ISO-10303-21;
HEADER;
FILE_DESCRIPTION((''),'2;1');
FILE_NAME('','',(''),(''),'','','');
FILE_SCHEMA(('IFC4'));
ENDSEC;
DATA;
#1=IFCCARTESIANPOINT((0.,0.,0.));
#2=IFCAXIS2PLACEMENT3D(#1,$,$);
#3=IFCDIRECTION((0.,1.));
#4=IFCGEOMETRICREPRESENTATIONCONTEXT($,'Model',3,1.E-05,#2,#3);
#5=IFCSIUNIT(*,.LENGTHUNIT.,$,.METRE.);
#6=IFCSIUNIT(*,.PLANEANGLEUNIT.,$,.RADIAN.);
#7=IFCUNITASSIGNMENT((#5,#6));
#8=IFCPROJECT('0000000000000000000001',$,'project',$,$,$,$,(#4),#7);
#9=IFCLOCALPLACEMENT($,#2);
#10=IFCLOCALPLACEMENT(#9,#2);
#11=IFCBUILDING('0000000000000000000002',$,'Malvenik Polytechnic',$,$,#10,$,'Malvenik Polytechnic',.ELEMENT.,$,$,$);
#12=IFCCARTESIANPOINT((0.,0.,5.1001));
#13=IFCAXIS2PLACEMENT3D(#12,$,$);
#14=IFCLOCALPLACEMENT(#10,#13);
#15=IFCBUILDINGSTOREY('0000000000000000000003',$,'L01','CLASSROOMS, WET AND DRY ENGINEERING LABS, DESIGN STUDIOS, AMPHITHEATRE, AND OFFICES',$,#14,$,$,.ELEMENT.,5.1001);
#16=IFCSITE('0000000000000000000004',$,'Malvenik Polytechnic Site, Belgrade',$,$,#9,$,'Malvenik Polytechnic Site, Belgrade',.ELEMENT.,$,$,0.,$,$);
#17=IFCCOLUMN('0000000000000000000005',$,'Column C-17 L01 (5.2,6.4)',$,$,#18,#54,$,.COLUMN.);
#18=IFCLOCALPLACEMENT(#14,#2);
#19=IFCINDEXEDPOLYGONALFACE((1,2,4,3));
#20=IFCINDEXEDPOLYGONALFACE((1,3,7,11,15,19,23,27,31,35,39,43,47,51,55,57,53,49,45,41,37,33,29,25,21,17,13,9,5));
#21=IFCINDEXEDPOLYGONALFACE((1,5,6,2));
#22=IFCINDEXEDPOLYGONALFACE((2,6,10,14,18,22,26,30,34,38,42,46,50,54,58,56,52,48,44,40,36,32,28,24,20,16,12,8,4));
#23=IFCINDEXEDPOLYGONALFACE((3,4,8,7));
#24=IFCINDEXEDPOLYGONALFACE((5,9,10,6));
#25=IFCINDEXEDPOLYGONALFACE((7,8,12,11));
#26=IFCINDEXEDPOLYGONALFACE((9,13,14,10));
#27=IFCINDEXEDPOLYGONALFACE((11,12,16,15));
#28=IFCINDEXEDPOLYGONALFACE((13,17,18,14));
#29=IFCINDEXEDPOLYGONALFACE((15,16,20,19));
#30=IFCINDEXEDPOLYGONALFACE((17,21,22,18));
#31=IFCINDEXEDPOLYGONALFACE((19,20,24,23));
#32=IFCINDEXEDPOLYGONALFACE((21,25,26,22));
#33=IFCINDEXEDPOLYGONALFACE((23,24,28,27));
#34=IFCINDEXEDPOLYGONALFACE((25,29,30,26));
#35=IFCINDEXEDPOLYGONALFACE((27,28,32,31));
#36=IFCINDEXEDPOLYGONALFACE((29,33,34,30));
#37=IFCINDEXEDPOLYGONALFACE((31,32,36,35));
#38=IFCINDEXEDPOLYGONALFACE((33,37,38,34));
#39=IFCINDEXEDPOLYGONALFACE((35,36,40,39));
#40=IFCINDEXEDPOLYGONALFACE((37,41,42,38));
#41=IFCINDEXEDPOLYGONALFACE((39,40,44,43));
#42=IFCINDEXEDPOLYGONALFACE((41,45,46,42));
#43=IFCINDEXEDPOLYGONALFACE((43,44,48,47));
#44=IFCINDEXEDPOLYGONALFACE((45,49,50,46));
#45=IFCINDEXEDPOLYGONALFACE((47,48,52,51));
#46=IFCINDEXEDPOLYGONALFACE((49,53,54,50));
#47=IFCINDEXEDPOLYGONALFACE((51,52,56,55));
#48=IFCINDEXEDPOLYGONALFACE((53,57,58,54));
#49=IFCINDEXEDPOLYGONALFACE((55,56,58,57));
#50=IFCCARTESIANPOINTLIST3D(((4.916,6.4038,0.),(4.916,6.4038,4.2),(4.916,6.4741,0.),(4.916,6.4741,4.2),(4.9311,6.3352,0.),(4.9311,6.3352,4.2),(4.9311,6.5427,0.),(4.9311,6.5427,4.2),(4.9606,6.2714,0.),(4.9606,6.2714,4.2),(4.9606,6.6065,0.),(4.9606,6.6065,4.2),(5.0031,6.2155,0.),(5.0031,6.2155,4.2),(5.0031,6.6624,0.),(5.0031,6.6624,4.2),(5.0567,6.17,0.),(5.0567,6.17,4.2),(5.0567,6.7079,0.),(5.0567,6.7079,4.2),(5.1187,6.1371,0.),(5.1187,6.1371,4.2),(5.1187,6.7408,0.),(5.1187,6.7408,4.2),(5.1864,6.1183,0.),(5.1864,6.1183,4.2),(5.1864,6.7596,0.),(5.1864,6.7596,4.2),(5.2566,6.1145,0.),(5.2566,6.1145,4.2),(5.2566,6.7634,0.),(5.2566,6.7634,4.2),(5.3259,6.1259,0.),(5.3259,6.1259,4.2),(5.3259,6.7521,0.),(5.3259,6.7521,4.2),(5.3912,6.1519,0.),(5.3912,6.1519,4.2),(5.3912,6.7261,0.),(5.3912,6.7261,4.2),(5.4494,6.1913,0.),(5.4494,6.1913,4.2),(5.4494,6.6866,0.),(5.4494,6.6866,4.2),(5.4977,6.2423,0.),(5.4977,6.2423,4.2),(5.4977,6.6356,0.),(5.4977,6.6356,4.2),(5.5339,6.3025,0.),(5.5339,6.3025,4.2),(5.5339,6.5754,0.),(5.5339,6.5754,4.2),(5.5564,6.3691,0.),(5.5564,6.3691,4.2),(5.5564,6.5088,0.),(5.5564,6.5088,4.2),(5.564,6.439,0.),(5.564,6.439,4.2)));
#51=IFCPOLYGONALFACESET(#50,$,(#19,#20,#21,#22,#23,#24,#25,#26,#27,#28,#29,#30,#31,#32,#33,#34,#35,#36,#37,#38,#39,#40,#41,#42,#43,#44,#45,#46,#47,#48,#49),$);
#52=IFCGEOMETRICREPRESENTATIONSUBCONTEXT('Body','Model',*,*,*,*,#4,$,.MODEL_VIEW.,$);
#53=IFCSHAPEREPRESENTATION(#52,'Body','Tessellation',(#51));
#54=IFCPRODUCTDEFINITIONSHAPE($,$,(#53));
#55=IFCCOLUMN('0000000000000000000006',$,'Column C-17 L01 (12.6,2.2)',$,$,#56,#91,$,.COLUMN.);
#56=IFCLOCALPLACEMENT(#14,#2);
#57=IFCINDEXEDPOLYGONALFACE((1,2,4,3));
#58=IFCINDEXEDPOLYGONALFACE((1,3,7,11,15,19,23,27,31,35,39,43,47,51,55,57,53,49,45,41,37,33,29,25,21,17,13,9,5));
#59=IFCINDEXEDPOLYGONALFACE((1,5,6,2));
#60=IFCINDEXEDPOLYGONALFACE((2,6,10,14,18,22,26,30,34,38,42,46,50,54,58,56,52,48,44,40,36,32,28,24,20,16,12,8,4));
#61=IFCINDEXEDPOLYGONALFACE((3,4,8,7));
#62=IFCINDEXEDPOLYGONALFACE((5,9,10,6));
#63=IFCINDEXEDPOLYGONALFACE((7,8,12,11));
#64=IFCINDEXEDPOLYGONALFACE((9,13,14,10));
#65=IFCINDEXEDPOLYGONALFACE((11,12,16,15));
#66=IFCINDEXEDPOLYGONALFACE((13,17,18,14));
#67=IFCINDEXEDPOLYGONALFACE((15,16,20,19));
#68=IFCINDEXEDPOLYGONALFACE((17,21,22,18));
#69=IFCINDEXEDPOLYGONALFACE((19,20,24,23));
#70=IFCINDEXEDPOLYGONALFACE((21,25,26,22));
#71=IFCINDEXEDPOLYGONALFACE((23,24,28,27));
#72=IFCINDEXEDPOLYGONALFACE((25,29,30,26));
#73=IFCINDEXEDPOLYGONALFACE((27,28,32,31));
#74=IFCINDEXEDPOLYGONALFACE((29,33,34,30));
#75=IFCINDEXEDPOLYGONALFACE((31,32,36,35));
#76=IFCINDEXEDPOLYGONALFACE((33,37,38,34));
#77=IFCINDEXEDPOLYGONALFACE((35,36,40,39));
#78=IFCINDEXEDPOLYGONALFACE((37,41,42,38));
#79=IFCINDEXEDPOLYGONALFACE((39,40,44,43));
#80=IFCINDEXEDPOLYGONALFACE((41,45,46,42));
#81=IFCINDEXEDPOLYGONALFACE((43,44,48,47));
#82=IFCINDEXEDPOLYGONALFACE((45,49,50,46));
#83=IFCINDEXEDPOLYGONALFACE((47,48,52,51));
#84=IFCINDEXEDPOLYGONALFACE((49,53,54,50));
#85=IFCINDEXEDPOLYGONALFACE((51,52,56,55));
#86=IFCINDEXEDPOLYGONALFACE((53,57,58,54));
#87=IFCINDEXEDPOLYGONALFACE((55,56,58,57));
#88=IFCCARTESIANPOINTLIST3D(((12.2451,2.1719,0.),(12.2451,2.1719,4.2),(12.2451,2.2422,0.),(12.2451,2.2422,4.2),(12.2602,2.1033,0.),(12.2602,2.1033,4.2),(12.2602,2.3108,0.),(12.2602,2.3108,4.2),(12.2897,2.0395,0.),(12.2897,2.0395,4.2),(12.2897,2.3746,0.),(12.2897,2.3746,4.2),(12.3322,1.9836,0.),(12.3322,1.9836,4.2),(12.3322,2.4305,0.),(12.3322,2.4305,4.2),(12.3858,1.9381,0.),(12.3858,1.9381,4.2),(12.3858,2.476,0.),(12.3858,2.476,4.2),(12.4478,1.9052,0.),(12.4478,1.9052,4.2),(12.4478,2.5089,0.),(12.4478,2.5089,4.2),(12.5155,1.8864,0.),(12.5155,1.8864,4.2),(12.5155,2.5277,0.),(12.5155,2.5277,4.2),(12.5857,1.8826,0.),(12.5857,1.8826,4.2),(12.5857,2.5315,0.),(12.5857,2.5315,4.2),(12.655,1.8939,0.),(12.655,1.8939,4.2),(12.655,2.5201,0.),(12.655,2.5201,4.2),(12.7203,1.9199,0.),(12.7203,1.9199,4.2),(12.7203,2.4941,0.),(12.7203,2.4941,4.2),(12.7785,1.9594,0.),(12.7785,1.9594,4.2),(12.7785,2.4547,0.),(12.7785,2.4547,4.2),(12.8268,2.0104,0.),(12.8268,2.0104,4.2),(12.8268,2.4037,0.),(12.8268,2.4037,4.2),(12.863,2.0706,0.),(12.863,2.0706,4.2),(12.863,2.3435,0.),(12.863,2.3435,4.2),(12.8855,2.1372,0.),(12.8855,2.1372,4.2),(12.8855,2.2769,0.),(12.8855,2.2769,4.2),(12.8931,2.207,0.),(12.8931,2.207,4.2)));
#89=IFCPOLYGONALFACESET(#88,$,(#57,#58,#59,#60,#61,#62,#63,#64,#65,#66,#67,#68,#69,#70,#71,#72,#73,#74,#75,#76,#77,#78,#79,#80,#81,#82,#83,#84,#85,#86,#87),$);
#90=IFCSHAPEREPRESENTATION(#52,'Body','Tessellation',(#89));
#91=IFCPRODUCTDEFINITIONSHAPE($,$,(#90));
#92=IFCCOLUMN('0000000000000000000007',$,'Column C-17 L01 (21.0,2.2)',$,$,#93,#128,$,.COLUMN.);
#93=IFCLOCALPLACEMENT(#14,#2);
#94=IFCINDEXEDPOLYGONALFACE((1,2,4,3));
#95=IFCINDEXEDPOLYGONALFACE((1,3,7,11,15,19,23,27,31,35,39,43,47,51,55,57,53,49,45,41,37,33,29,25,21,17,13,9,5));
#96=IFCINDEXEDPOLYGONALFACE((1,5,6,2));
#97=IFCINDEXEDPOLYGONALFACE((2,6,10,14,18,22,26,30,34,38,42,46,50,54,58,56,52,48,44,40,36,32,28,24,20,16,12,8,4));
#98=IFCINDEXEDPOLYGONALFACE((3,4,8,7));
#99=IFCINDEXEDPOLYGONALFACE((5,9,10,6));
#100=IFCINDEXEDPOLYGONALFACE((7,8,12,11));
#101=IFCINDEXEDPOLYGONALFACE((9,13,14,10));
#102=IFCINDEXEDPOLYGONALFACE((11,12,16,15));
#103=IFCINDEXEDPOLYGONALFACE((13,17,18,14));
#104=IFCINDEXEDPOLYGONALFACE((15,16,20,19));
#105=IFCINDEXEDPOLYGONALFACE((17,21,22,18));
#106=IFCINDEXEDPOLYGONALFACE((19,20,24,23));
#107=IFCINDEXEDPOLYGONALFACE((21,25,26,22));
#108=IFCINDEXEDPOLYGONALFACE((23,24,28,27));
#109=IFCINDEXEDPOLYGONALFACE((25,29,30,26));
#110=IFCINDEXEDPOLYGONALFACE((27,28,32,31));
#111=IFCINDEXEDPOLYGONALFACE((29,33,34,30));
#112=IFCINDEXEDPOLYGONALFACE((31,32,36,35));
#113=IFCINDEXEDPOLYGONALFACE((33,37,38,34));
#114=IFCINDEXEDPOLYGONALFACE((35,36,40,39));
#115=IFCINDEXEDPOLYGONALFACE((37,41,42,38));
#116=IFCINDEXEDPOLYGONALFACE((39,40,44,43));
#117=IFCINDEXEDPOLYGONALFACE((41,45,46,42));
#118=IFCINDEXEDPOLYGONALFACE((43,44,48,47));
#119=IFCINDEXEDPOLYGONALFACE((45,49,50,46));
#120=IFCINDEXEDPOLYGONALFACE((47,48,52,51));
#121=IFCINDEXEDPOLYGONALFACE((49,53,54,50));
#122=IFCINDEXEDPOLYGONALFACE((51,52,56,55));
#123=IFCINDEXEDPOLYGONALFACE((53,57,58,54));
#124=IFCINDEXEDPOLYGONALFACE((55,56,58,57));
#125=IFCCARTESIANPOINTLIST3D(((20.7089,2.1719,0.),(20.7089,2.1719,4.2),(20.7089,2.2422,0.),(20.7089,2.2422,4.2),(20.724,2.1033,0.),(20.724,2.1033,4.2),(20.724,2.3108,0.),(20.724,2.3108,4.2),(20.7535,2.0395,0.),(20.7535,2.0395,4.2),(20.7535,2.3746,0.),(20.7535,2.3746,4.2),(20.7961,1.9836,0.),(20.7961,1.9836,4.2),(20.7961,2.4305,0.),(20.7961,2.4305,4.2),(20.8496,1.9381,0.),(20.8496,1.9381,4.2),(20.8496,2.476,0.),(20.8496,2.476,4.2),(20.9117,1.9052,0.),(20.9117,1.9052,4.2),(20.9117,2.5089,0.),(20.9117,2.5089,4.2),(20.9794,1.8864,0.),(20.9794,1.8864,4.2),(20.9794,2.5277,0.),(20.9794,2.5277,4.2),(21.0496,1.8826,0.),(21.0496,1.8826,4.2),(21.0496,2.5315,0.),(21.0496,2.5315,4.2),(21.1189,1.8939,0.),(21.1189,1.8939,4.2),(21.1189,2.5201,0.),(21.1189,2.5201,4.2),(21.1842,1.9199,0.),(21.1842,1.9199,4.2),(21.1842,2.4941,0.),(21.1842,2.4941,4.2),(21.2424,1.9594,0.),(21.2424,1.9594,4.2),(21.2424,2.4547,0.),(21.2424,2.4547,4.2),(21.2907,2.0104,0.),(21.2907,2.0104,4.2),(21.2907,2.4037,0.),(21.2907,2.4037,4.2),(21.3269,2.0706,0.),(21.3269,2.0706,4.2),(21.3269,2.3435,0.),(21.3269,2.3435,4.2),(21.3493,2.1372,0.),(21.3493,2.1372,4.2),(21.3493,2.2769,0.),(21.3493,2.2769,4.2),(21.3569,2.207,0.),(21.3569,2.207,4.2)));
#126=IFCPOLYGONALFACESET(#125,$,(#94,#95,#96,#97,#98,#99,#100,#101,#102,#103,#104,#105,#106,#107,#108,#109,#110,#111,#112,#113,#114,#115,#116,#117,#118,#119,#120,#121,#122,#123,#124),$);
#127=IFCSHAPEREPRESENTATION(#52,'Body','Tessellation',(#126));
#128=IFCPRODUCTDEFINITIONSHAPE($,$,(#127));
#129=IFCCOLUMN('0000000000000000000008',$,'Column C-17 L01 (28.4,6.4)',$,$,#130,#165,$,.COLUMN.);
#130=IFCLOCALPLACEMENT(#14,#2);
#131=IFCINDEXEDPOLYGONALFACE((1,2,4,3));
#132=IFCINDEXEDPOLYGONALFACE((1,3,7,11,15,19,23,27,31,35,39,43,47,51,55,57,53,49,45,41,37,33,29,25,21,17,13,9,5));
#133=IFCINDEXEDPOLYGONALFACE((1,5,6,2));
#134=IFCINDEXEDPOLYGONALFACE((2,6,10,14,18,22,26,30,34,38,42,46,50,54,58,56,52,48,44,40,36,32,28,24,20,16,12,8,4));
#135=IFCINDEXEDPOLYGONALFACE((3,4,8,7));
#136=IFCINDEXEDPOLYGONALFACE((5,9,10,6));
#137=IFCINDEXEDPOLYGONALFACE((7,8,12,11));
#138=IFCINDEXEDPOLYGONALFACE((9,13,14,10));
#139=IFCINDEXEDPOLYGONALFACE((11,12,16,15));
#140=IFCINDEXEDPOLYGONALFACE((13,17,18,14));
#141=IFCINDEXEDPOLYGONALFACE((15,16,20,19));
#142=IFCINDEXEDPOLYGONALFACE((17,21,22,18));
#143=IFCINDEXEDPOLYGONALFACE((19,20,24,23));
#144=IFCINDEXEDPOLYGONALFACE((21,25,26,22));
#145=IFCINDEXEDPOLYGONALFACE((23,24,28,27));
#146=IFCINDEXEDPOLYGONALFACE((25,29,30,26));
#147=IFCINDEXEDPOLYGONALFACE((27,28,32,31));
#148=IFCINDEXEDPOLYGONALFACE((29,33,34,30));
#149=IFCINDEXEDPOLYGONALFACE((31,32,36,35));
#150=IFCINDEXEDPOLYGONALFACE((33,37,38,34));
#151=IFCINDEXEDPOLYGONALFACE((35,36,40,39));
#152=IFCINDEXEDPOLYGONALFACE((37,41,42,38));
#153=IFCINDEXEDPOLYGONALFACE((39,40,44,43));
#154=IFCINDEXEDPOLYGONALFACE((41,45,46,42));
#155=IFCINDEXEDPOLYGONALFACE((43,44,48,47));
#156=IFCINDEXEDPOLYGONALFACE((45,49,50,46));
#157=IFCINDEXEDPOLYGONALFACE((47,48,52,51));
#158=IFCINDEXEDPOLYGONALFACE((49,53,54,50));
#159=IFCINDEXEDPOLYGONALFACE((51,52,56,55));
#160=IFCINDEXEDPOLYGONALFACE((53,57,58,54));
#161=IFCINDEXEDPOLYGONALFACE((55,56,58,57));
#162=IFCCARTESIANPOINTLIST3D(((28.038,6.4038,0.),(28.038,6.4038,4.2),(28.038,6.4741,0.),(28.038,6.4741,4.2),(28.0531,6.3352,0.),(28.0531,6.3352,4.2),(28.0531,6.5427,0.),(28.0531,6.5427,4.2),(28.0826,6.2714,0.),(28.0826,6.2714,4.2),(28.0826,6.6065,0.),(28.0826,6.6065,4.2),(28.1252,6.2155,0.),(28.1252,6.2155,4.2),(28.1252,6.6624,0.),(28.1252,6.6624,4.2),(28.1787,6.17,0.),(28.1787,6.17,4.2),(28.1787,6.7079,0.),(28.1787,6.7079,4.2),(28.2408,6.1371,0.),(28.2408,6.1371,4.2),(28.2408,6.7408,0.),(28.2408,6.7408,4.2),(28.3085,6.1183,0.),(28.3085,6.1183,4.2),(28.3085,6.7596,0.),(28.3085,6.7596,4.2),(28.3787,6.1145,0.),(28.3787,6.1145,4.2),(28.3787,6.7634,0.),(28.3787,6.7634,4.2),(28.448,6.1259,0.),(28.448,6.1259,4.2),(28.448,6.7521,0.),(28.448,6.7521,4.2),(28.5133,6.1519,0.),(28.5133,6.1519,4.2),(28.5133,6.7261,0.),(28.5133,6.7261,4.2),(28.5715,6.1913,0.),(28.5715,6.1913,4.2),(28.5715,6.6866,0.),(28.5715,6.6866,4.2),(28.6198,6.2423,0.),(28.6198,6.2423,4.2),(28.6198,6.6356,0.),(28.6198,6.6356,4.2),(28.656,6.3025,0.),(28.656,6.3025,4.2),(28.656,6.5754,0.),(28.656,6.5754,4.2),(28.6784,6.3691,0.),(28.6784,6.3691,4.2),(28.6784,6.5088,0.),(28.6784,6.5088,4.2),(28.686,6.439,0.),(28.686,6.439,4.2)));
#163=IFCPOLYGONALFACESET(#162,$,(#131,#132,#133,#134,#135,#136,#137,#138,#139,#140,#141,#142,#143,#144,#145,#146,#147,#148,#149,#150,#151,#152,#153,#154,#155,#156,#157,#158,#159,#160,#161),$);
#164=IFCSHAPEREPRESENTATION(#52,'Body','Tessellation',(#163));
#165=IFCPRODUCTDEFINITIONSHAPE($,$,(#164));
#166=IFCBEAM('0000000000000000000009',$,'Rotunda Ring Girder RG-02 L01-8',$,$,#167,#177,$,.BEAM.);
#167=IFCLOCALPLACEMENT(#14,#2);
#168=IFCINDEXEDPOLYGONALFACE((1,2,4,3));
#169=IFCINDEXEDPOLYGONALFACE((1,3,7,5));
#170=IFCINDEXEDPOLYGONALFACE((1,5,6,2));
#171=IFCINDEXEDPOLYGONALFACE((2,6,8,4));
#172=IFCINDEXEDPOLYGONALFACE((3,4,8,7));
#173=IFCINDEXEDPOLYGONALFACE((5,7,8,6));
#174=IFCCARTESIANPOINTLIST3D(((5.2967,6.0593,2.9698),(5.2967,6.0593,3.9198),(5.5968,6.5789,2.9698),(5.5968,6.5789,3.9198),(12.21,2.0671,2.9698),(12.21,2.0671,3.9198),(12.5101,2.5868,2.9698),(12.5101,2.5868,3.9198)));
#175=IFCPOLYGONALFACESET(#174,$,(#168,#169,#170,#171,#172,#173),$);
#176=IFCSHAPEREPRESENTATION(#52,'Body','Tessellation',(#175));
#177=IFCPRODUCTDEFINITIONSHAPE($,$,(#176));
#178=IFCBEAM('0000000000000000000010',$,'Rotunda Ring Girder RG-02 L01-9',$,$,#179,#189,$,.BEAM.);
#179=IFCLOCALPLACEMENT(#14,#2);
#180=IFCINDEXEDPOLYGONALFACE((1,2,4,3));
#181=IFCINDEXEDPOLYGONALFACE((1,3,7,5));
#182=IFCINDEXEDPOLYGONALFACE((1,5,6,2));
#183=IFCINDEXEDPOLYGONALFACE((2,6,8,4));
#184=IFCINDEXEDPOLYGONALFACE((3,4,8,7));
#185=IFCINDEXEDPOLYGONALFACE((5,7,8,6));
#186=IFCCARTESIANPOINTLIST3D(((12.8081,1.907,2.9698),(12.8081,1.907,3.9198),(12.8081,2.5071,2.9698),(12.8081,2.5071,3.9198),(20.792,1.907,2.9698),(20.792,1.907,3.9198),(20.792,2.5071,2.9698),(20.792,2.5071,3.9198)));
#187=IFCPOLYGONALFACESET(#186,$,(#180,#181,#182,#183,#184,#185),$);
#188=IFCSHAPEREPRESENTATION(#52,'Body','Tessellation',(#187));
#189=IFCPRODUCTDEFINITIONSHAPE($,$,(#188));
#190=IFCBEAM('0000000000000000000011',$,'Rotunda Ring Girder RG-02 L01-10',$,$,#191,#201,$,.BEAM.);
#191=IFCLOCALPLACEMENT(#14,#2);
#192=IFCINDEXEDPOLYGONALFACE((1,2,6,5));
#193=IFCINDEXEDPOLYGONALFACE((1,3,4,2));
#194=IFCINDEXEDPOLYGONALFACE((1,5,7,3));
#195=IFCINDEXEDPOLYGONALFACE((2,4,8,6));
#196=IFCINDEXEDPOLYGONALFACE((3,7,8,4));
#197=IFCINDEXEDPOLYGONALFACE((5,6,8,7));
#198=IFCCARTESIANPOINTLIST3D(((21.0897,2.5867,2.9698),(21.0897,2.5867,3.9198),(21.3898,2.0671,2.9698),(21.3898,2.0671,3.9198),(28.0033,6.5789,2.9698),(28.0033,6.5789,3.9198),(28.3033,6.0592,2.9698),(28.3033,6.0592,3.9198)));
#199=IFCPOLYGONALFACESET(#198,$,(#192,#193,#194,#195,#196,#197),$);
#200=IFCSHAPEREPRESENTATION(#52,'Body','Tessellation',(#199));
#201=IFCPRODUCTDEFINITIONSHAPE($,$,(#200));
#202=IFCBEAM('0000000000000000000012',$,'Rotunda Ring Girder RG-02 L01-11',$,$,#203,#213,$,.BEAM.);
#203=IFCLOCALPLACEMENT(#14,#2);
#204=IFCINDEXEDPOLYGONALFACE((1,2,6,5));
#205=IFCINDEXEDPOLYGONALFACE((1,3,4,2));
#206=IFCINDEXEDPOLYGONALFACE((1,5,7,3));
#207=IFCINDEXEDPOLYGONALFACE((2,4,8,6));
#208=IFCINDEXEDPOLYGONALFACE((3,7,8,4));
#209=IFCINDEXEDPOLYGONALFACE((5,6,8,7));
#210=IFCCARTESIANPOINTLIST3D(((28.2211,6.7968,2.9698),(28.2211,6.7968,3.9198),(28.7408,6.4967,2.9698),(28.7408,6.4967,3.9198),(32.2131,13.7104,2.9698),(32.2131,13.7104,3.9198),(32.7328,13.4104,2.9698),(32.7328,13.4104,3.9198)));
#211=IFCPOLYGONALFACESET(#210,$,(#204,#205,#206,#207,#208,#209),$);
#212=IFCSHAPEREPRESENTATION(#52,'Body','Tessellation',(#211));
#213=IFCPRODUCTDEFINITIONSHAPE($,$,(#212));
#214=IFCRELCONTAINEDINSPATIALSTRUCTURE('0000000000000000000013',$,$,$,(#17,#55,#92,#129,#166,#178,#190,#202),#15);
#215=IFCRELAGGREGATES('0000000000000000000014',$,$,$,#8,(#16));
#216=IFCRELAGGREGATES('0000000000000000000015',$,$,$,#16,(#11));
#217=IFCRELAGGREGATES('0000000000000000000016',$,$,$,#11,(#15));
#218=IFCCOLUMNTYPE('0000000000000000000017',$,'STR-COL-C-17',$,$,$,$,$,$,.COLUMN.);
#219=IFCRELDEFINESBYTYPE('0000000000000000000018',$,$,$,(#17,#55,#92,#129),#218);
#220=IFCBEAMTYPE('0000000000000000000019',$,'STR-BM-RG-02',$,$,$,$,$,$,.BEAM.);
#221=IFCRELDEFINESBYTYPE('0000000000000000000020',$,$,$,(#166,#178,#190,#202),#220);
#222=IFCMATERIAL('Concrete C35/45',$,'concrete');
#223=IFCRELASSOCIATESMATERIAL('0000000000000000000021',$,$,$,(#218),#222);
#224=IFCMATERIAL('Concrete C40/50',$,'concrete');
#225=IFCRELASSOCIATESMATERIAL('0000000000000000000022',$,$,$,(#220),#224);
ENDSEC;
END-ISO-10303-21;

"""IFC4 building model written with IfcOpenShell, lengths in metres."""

from ifc_helpers import new_model, si_unit, direction, frame, origin, origin_2d, place, context, subcontext, project, spatial, rectangle, circle, extrude, material, material_profile, profile_set, type_object, element, save


model = new_model("IFC4")

# Units and contexts
model_context = context("Model", 3, precision=1e-05, world=origin(), true_north=direction((0.0, 1.0)))
body_context = subcontext(model_context, "Body", "Model", "MODEL_VIEW")
ifc_project = project(units=[si_unit("LENGTHUNIT", "METRE"), si_unit("PLANEANGLEUNIT", "RADIAN")], contexts=[model_context])

# Site, building, storey
site_placement = place(None, origin())
site = spatial("IfcSite", under=ifc_project, at=site_placement, Name="Malvenik Polytechnic Site, Belgrade", LongName="Malvenik Polytechnic Site, Belgrade", CompositionType="ELEMENT", RefElevation=0.0)
building_placement = place(site_placement, origin())
building = spatial("IfcBuilding", under=site, at=building_placement, Name="Malvenik Polytechnic", LongName="Malvenik Polytechnic", CompositionType="ELEMENT")
storey_placement = place(building_placement, frame((0.0, 0.0, 5.1001)))
storey = spatial("IfcBuildingStorey", under=building, at=storey_placement, Name="L01", Description="CLASSROOMS, WET AND DRY ENGINEERING LABS, DESIGN STUDIOS, AMPHITHEATRE, AND OFFICES", CompositionType="ELEMENT", Elevation=5.1001)

# Columns
ifc_material_1 = material(Name="Concrete C35/45", Category="concrete")
ifc_material_profile_1 = material_profile(ifc_material_1, circle(Radius=0.325, at=origin_2d()), Name="RC COL D650")
ifc_profile_set_1 = profile_set([ifc_material_profile_1], Name="Concrete C35/45")
column_type = type_object("IfcColumnType", Name="STR-COL-C-17", PredefinedType="COLUMN", material=ifc_profile_set_1)
for number, where, z_axis, x_axis, name in (
    (1, (5.239, 6.439, 0.0), (0.0, 0.0, 1.0), (1.0, 0.0, 0.0), "Column C-17 L01 (5.2,6.4)"),
    (2, (12.5681, 2.207, 0.0), (0.0, 0.0, 1.0), (1.0, 0.0, 0.0), "Column C-17 L01 (12.6,2.2)"),
    (3, (21.032, 2.207, 0.0), (0.0, 0.0, 1.0), (1.0, 0.0, 0.0), "Column C-17 L01 (21.0,2.2)"),
    (4, (28.3611, 6.439, 0.0), (0.0, 0.0, 1.0), (1.0, 0.0, 0.0), "Column C-17 L01 (28.4,6.4)"),
):
    element("IfcColumn", number, at=place(storey_placement, frame(where, z_axis=z_axis, x_axis=x_axis)), inside=storey, type_object=column_type, Name=name, PredefinedType="COLUMN", context=body_context, shape_type="SweptSolid", body=[
        extrude(circle(Radius=0.325, at=origin_2d()), origin(), (0.0, 0.0, 1.0), 4.2),
    ])

# Beams
ifc_material_2 = material(Name="Concrete C40/50", Category="concrete")
ifc_material_profile_2 = material_profile(ifc_material_2, rectangle(XDim=0.6001, YDim=0.95, at=origin_2d()), Name="RC RG 600x950")
ifc_profile_set_2 = profile_set([ifc_material_profile_2], Name="Concrete C40/50")
beam_type = type_object("IfcBeamType", Name="STR-BM-RG-02", PredefinedType="BEAM", material=ifc_profile_set_2)
beam_1_placement = place(storey_placement, frame((5.4468, 6.3191, 3.4448), z_axis=(0.865983, -0.500073, 0.0), x_axis=(0.500073, 0.865983, 0.0)))
element("IfcBeam", 5, at=beam_1_placement, inside=storey, type_object=beam_type, Name="Rotunda Ring Girder RG-02 L01-8", PredefinedType="BEAM", context=body_context, shape_type="SweptSolid", body=[
    extrude(rectangle(XDim=0.6001, YDim=0.95, at=origin_2d()), origin(), (0.0, 0.0, 1.0), 7.9832),
])
beam_2_placement = place(storey_placement, frame((12.8081, 2.207, 3.4448), z_axis=(1.0, 0.0, 0.0), x_axis=(0.0, 1.0, 0.0)))
element("IfcBeam", 6, at=beam_2_placement, inside=storey, type_object=beam_type, Name="Rotunda Ring Girder RG-02 L01-9", PredefinedType="BEAM", context=body_context, shape_type="SweptSolid", body=[
    extrude(rectangle(XDim=0.6001, YDim=0.95, at=origin_2d()), origin(), (0.0, 0.0, 1.0), 7.9839),
])
for number, where, z_axis, x_axis, name in (
    (7, (21.2397, 2.3269, 3.4448), (0.865991, 0.50006, 0.0), (-0.50006, 0.865991, 0.0), "Rotunda Ring Girder RG-02 L01-10"),
    (8, (28.481, 6.6467, 3.4448), (0.500037, 0.866004, 0.0), (-0.866004, 0.500037, 0.0), "Rotunda Ring Girder RG-02 L01-11"),
):
    element("IfcBeam", number, at=place(storey_placement, frame(where, z_axis=z_axis, x_axis=x_axis)), inside=storey, type_object=beam_type, Name=name, PredefinedType="BEAM", context=body_context, shape_type="SweptSolid", body=[
        extrude(rectangle(XDim=0.6001, YDim=0.95, at=origin_2d()), origin(), (0.0, 0.0, 1.0), 7.9834),
    ])

save(model, "model.ifc")
